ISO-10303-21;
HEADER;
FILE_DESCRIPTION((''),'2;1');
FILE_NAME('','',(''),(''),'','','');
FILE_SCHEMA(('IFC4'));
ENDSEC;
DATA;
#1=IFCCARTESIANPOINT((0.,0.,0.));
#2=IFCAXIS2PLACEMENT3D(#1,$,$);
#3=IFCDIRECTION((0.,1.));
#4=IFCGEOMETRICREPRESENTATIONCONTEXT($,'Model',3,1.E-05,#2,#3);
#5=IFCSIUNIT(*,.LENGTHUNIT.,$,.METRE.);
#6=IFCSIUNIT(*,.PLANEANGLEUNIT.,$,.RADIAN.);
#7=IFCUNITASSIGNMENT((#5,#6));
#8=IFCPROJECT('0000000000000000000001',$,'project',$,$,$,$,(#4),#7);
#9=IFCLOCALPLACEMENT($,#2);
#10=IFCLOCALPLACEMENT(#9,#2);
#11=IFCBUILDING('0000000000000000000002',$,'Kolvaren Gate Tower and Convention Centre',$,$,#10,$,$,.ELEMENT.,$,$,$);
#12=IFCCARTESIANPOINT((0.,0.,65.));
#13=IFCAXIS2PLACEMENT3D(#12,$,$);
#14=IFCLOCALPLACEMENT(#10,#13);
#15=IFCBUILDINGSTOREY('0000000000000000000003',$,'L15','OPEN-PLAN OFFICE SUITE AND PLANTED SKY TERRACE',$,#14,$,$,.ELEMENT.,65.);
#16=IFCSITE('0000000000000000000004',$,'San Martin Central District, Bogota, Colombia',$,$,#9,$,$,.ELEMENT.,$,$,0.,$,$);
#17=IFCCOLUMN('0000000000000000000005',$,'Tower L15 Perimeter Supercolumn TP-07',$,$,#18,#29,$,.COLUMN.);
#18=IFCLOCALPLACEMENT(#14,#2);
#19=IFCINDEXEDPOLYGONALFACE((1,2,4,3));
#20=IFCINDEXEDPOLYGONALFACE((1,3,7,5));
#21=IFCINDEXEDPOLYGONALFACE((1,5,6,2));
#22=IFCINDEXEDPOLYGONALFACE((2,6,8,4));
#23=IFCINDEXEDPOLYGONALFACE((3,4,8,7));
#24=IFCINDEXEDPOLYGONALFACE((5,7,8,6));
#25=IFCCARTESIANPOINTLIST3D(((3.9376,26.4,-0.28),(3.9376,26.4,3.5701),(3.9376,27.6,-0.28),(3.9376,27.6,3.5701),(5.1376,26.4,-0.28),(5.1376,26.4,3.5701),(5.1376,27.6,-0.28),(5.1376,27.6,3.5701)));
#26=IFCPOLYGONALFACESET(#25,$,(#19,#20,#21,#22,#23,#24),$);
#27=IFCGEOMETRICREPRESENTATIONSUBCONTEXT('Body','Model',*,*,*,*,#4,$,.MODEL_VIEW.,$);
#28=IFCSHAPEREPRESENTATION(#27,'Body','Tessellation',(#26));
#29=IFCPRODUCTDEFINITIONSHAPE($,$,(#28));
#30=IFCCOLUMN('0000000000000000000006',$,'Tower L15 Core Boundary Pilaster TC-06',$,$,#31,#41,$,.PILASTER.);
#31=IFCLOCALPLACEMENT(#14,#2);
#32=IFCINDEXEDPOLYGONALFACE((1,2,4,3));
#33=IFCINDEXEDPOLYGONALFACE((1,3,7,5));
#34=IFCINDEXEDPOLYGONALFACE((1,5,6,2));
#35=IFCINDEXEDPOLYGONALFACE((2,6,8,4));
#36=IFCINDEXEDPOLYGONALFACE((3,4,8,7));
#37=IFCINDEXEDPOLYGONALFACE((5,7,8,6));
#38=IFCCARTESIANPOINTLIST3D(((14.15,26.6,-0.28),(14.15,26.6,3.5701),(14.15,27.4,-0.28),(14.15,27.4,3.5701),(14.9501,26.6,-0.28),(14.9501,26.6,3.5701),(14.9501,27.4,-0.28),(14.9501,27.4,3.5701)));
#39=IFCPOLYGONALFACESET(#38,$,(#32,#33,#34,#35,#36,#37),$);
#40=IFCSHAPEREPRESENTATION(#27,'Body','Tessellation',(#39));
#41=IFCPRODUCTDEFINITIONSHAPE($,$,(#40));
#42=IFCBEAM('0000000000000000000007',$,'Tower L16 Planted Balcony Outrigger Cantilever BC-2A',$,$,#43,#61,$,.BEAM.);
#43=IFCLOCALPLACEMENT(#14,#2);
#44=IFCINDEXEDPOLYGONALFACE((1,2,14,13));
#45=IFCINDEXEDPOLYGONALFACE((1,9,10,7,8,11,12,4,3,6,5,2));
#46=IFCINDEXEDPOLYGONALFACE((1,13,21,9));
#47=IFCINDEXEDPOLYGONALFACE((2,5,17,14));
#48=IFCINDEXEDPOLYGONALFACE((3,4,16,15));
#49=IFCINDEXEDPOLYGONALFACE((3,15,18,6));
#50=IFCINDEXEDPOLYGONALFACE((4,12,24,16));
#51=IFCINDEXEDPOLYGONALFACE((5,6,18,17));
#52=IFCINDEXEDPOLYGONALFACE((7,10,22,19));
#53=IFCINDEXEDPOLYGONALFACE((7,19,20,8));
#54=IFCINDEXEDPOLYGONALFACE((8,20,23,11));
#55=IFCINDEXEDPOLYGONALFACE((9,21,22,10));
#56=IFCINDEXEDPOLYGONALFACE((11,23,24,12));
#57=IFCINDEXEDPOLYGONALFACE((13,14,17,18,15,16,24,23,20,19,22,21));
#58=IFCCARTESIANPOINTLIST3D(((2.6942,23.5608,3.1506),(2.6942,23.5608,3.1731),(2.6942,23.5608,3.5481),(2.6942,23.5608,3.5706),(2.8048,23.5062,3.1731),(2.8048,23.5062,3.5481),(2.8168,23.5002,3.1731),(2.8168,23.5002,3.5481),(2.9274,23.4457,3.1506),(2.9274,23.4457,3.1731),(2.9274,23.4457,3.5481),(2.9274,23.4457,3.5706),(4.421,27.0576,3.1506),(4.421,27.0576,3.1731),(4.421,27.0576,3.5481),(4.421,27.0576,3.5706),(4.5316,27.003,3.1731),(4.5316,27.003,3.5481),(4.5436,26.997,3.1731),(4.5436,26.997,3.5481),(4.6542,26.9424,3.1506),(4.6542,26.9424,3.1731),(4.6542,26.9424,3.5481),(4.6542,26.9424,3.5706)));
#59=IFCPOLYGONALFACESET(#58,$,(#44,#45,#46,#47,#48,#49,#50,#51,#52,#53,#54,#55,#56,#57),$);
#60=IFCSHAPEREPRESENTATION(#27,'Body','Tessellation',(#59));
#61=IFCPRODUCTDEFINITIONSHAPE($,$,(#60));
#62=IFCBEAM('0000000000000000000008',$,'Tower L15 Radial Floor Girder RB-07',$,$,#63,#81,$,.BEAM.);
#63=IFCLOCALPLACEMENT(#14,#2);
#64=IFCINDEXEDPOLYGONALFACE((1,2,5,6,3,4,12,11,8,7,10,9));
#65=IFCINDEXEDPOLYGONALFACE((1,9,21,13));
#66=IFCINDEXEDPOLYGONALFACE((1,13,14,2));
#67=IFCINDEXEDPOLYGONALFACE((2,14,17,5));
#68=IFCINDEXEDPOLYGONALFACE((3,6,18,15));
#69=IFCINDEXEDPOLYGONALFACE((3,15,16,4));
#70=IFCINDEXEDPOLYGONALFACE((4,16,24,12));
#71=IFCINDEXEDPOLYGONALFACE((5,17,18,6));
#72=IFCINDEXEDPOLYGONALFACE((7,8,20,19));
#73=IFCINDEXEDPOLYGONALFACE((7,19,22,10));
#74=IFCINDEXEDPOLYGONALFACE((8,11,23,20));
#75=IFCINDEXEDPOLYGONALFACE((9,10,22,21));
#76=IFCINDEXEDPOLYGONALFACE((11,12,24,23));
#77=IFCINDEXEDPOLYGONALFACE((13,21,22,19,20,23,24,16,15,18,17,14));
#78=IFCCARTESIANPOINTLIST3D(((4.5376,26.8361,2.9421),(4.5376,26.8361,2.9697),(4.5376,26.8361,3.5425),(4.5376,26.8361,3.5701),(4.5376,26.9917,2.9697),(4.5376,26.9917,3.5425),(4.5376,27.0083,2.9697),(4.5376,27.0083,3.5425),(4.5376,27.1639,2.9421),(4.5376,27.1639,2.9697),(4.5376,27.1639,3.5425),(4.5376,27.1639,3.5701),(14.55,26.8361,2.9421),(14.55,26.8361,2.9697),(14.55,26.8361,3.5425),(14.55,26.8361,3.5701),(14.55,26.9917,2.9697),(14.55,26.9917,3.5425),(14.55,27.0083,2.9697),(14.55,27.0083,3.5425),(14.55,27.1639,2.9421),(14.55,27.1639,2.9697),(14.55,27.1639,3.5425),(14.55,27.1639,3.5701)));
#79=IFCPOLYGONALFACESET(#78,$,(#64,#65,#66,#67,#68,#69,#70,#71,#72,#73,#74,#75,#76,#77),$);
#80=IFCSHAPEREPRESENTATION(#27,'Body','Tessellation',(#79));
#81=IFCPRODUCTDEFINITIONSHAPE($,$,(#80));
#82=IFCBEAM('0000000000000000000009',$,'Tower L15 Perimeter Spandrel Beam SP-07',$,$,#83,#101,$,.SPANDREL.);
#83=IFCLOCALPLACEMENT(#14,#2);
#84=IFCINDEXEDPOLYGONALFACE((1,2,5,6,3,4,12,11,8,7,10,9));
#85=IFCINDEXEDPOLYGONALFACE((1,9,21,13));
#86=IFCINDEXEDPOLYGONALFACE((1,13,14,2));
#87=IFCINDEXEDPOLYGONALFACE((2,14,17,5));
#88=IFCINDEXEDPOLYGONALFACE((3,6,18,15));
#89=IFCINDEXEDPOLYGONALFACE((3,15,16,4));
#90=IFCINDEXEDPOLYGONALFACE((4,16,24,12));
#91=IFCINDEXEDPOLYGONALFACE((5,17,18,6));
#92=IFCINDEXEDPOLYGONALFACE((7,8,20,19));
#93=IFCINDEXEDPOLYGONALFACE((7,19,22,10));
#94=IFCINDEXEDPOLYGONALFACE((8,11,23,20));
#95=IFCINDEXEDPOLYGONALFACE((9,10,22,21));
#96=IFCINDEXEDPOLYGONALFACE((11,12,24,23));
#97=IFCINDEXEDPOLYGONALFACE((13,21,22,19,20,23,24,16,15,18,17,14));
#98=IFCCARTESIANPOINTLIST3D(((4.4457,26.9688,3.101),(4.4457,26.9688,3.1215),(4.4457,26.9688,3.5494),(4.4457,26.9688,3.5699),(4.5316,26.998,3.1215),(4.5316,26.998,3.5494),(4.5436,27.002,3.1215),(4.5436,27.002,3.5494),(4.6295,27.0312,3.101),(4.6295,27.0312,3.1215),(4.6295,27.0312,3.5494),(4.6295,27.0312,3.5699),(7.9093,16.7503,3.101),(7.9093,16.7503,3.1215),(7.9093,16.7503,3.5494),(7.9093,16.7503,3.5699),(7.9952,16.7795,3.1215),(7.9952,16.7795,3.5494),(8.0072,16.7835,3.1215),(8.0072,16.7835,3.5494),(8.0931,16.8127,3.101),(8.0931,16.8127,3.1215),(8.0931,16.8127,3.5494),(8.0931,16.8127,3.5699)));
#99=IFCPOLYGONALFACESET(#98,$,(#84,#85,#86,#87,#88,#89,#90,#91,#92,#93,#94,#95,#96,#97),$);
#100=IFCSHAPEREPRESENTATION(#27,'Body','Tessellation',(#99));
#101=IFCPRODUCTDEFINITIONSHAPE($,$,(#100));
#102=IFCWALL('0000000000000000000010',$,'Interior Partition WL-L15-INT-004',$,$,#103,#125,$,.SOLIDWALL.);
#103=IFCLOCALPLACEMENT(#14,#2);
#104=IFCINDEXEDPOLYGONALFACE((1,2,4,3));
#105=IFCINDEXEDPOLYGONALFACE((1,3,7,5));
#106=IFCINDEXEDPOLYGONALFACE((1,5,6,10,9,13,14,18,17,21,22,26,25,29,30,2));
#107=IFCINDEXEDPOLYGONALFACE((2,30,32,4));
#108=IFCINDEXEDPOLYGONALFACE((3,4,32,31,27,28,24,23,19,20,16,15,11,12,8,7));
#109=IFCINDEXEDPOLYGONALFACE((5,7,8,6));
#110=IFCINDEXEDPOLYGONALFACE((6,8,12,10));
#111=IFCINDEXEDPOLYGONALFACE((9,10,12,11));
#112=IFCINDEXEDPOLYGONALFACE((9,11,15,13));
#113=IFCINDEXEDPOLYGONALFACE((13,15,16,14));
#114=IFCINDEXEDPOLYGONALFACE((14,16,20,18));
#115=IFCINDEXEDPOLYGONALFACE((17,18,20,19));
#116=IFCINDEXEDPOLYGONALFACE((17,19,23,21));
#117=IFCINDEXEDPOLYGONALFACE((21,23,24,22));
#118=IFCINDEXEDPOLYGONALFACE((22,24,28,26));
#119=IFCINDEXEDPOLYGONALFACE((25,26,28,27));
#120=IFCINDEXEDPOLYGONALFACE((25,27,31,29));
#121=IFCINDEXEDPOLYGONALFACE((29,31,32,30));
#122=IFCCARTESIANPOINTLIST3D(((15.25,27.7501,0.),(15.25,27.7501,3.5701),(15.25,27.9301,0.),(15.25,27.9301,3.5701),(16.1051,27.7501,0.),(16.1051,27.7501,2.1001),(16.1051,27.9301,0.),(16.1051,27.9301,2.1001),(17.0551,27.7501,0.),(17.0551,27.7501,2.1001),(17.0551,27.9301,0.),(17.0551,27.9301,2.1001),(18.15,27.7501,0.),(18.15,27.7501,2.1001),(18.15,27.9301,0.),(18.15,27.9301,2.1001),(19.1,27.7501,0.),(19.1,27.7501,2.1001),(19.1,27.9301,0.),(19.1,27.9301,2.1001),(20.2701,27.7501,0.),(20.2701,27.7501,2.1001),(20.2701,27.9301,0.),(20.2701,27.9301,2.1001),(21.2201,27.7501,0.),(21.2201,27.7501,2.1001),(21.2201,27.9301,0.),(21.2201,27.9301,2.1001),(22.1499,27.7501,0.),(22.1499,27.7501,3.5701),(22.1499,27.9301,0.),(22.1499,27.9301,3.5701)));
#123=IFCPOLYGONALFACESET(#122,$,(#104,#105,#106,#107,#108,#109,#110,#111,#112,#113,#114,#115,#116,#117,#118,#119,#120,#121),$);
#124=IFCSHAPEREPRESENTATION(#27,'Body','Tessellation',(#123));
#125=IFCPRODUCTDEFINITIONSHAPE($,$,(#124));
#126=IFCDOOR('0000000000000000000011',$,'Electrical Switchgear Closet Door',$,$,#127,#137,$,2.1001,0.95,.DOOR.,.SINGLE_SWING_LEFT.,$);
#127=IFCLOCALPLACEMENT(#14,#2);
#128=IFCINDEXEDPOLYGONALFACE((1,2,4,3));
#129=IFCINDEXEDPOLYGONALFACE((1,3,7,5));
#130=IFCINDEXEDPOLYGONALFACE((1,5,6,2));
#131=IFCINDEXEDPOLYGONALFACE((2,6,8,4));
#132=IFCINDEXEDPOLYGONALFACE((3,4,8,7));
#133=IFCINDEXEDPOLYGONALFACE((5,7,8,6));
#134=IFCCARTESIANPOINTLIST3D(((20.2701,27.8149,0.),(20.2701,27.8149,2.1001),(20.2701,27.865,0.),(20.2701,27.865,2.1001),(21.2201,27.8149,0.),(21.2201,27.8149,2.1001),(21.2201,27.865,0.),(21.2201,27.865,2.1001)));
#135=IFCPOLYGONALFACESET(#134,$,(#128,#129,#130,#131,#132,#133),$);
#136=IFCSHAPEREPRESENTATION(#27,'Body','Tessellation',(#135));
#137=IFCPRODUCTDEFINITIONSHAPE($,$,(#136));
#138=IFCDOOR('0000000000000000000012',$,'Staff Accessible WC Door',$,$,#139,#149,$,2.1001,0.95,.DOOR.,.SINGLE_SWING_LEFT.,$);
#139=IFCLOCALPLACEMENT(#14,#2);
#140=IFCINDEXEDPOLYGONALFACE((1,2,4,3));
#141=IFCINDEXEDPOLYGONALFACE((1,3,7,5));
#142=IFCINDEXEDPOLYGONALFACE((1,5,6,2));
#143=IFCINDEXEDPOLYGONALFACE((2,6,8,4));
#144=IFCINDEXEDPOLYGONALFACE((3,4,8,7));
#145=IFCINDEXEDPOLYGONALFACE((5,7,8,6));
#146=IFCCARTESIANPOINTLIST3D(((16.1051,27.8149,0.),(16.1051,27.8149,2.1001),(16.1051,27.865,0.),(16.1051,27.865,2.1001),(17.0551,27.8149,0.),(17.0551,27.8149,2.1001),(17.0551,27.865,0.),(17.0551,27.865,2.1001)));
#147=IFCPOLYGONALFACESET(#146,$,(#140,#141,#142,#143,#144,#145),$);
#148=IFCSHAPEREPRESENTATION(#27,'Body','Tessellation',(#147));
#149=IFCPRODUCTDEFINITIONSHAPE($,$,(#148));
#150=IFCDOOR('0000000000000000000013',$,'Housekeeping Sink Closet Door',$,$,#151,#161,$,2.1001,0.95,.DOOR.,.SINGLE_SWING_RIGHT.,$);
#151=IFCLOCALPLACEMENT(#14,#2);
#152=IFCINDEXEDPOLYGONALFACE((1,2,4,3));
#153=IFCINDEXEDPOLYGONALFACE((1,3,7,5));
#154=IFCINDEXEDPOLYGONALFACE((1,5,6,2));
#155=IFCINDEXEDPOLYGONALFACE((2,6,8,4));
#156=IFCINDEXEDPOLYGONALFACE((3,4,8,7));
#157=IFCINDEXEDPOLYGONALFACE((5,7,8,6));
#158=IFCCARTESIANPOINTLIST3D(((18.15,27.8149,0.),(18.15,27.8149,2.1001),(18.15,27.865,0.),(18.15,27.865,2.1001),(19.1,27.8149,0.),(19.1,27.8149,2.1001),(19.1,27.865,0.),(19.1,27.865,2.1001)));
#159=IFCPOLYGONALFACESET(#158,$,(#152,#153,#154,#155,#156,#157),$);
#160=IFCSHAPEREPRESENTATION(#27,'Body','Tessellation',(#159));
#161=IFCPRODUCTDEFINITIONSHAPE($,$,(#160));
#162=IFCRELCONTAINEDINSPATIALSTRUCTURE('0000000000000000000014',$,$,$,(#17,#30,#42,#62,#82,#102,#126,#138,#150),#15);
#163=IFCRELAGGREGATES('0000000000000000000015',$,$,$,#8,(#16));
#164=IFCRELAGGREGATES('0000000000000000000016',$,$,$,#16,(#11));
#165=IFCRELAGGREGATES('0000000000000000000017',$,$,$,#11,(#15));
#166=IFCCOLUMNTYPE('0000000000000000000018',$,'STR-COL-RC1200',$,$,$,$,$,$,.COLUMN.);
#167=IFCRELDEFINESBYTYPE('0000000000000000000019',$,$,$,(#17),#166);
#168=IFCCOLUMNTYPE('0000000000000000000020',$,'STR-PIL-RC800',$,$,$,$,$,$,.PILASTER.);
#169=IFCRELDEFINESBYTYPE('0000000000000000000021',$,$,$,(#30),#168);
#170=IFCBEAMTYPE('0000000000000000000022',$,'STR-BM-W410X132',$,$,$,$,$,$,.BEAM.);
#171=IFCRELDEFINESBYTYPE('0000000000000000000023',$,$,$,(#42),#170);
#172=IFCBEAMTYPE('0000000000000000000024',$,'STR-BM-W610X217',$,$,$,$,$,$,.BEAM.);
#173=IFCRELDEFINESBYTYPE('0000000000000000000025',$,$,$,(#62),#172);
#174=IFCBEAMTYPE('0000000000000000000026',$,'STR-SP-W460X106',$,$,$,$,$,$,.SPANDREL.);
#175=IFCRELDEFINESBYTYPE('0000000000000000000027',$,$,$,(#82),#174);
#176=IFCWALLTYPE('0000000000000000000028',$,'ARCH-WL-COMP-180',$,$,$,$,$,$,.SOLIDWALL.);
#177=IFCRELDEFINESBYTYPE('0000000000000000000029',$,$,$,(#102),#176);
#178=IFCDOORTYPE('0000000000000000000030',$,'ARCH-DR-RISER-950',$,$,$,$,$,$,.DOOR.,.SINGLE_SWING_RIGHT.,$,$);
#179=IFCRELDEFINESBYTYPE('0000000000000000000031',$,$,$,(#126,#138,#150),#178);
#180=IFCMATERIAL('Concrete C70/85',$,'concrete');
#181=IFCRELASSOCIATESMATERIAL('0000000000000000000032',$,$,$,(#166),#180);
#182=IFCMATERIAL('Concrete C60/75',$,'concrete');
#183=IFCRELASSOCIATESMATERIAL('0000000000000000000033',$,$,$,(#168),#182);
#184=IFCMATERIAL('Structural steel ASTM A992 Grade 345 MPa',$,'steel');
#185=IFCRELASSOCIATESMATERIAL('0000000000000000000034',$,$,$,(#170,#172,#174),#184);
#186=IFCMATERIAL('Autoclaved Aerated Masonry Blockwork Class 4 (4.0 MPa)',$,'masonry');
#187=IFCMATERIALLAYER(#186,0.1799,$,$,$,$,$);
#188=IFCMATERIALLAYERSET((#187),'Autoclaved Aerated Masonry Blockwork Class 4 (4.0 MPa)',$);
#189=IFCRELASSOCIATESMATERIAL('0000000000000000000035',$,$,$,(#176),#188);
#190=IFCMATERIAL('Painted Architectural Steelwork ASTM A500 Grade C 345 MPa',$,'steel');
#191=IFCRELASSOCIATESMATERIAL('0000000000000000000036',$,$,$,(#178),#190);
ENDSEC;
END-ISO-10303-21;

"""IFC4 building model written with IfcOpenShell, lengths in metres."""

from ifc_helpers import new_model, si_unit, direction, frame, frame_2d, origin, origin_2d, place, context, subcontext, project, spatial, rectangle, i_section, extrude, material, layer, layer_set, material_profile, profile_set, type_object, element, fill, save


model = new_model("IFC4")

# Units and contexts
model_context = context("Model", 3, precision=1e-05, world=origin(), true_north=direction((0.0, 1.0)))
body_context = subcontext(model_context, "Body", "Model", "MODEL_VIEW")
ifc_project = project(units=[si_unit("LENGTHUNIT", "METRE"), si_unit("PLANEANGLEUNIT", "RADIAN")], contexts=[model_context])

# Site, building, storey
site_placement = place(None, origin())
site = spatial("IfcSite", under=ifc_project, at=site_placement, Name="San Martin Central District, Bogota, Colombia", CompositionType="ELEMENT", RefElevation=0.0)
building_placement = place(site_placement, origin())
building = spatial("IfcBuilding", under=site, at=building_placement, Name="Kolvaren Gate Tower and Convention Centre", CompositionType="ELEMENT")
storey_placement = place(building_placement, frame((0.0, 0.0, 65.0)))
storey = spatial("IfcBuildingStorey", under=building, at=storey_placement, Name="L15", Description="OPEN-PLAN OFFICE SUITE AND PLANTED SKY TERRACE", CompositionType="ELEMENT", Elevation=65.0)

# Columns
ifc_material_1 = material(Name="Concrete C70/85", Category="concrete")
ifc_material_profile_1 = material_profile(ifc_material_1, rectangle(XDim=1.2, YDim=1.2, at=origin_2d()), Name="RC-COL-1200X1200")
ifc_profile_set_1 = profile_set([ifc_material_profile_1], Name="Concrete C70/85")
column_type_1 = type_object("IfcColumnType", Name="STR-COL-RC1200", PredefinedType="COLUMN", material=ifc_profile_set_1)
column_1_placement = place(storey_placement, frame((4.5376, 27.0, -0.28), z_axis=(0.0, 0.0, 1.0), x_axis=(1.0, 0.0, 0.0)))
element("IfcColumn", 1, at=column_1_placement, inside=storey, type_object=column_type_1, Name="Tower L15 Perimeter Supercolumn TP-07", PredefinedType="COLUMN", context=body_context, shape_type="SweptSolid", body=[
    extrude(rectangle(XDim=1.2, YDim=1.2, at=origin_2d()), origin(), (0.0, 0.0, 1.0), 3.8501),
])
ifc_material_2 = material(Name="Concrete C60/75", Category="concrete")
ifc_material_profile_2 = material_profile(ifc_material_2, rectangle(XDim=0.8, YDim=0.8, at=origin_2d()), Name="RC-COL-800X800")
ifc_profile_set_2 = profile_set([ifc_material_profile_2], Name="Concrete C60/75")
column_type_2 = type_object("IfcColumnType", Name="STR-PIL-RC800", PredefinedType="PILASTER", material=ifc_profile_set_2)
column_2_placement = place(storey_placement, frame((14.55, 27.0, -0.28), z_axis=(0.0, 0.0, 1.0), x_axis=(1.0, 0.0, 0.0)))
element("IfcColumn", 2, at=column_2_placement, inside=storey, type_object=column_type_2, Name="Tower L15 Core Boundary Pilaster TC-06", PredefinedType="PILASTER", context=body_context, shape_type="SweptSolid", body=[
    extrude(rectangle(XDim=0.8, YDim=0.8, at=origin_2d()), origin(), (0.0, 0.0, 1.0), 3.8501),
])

# Beams
ifc_material_3 = material(Name="Structural steel ASTM A992 Grade 345 MPa", Category="steel")
ifc_material_profile_3 = material_profile(ifc_material_3, i_section(OverallWidth=0.26, OverallDepth=0.4199, WebThickness=0.0134, FlangeThickness=0.0225, at=origin_2d()), Name="W410X132")
ifc_profile_set_3 = profile_set([ifc_material_profile_3], Name="Structural steel ASTM A992 Grade 345 MPa")
beam_type_1 = type_object("IfcBeamType", Name="STR-BM-W410X132", PredefinedType="BEAM", material=ifc_profile_set_3)
beam_1_placement = place(storey_placement, frame((4.5376, 27.0, 3.3606), z_axis=(-0.442776, -0.896632, 0.0), x_axis=(0.896632, -0.442776, 0.0)))
element("IfcBeam", 3, at=beam_1_placement, inside=storey, type_object=beam_type_1, Name="Tower L16 Planted Balcony Outrigger Cantilever BC-2A", PredefinedType="BEAM", context=body_context, shape_type="SweptSolid", body=[
    extrude(i_section(OverallWidth=0.26, OverallDepth=0.4199, WebThickness=0.0134, FlangeThickness=0.0225, at=origin_2d()), origin(), (0.0, 0.0, 1.0), 3.8999),
])
ifc_material_profile_4 = material_profile(ifc_material_3, i_section(OverallWidth=0.3279, OverallDepth=0.6279, WebThickness=0.0166, FlangeThickness=0.0276, at=origin_2d()), Name="W610X217")
ifc_profile_set_4 = profile_set([ifc_material_profile_4], Name="Structural steel ASTM A992 Grade 345 MPa")
beam_type_2 = type_object("IfcBeamType", Name="STR-BM-W610X217", PredefinedType="BEAM", material=ifc_profile_set_4)
beam_2_placement = place(storey_placement, frame((14.55, 27.0, 3.2561), z_axis=(-1.0, 0.0, 0.0), x_axis=(0.0, -1.0, 0.0)))
element("IfcBeam", 4, at=beam_2_placement, inside=storey, type_object=beam_type_2, Name="Tower L15 Radial Floor Girder RB-07", PredefinedType="BEAM", context=body_context, shape_type="SweptSolid", body=[
    extrude(i_section(OverallWidth=0.3279, OverallDepth=0.6279, WebThickness=0.0166, FlangeThickness=0.0276, at=origin_2d()), origin(), (0.0, 0.0, 1.0), 10.0125),
])
ifc_material_profile_5 = material_profile(ifc_material_3, i_section(OverallWidth=0.1941, OverallDepth=0.469, WebThickness=0.0127, FlangeThickness=0.0205, at=origin_2d()), Name="W460X106")
ifc_profile_set_5 = profile_set([ifc_material_profile_5], Name="Structural steel ASTM A992 Grade 345 MPa")
beam_type_3 = type_object("IfcBeamType", Name="STR-SP-W460X106", PredefinedType="SPANDREL", material=ifc_profile_set_5)
beam_3_placement = place(storey_placement, frame((4.5376, 27.0, 3.3354), z_axis=(0.321016, -0.947074, 0.0), x_axis=(0.947074, 0.321016, 0.0)))
element("IfcBeam", 5, at=beam_3_placement, inside=storey, type_object=beam_type_3, Name="Tower L15 Perimeter Spandrel Beam SP-07", PredefinedType="SPANDREL", context=body_context, shape_type="SweptSolid", body=[
    extrude(i_section(OverallWidth=0.1941, OverallDepth=0.469, WebThickness=0.0127, FlangeThickness=0.0205, at=origin_2d()), origin(), (0.0, 0.0, 1.0), 10.7896),
])

# Wall, openings, doors
ifc_material_4 = material(Name="Autoclaved Aerated Masonry Blockwork Class 4 (4.0 MPa)", Category="masonry")
ifc_layer_1 = layer(ifc_material_4, 0.1799)
ifc_layer_set_1 = layer_set([ifc_layer_1], Name="Autoclaved Aerated Masonry Blockwork Class 4 (4.0 MPa)")
wall_type_1 = type_object("IfcWallType", Name="ARCH-WL-COMP-180", PredefinedType="SOLIDWALL", material=ifc_layer_set_1)
wall_1_placement = place(storey_placement, frame((15.25, 27.8401, 0.0), z_axis=(0.0, 0.0, 1.0), x_axis=(1.0, 0.0, 0.0)))
wall_1 = element("IfcWall", 6, at=wall_1_placement, inside=storey, type_object=wall_type_1, Name="Interior Partition WL-L15-INT-004", PredefinedType="SOLIDWALL", context=body_context, shape_type="SweptSolid", body=[
    extrude(rectangle(XDim=6.8999, YDim=0.1799, at=frame_2d((3.45, 0.0))), origin(), (0.0, 0.0, 1.0), 3.5701),
])
opening_1_placement = place(wall_1_placement, frame((5.02, 0.0, 0.0)))
opening_1 = element("IfcOpeningElement", 7, at=opening_1_placement, cuts=wall_1, PredefinedType="OPENING", context=body_context, shape_type="SweptSolid", body=[
    extrude(rectangle(XDim=0.95, YDim=2.1001, at=frame_2d((0.4751, 1.05))), frame((0.0, 0.0999, 0.0), z_axis=(0.0, -1.0, 0.0), x_axis=(1.0, 0.0, 0.0)), (0.0, 0.0, 1.0), 0.2),
])
opening_2_placement = place(wall_1_placement, frame((0.855, 0.0, 0.0)))
opening_2 = element("IfcOpeningElement", 8, at=opening_2_placement, cuts=wall_1, PredefinedType="OPENING", context=body_context, shape_type="SweptSolid", body=[
    extrude(rectangle(XDim=0.95, YDim=2.1001, at=frame_2d((0.4751, 1.05))), frame((0.0, 0.0999, 0.0), z_axis=(0.0, -1.0, 0.0), x_axis=(1.0, 0.0, 0.0)), (0.0, 0.0, 1.0), 0.2),
])
opening_3_placement = place(wall_1_placement, frame((2.8999, 0.0, 0.0)))
opening_3 = element("IfcOpeningElement", 9, at=opening_3_placement, cuts=wall_1, PredefinedType="OPENING", context=body_context, shape_type="SweptSolid", body=[
    extrude(rectangle(XDim=0.95, YDim=2.1001, at=frame_2d((0.4751, 1.05))), frame((0.0, 0.0999, 0.0), z_axis=(0.0, -1.0, 0.0), x_axis=(1.0, 0.0, 0.0)), (0.0, 0.0, 1.0), 0.2),
])
ifc_material_5 = material(Name="Painted Architectural Steelwork ASTM A500 Grade C 345 MPa", Category="steel")
door_type_1 = type_object("IfcDoorType", Name="ARCH-DR-RISER-950", OperationType="SINGLE_SWING_RIGHT", PredefinedType="DOOR", material=ifc_material_5)
door_1_placement = place(opening_1_placement, origin())
door_1 = element("IfcDoor", 10, at=door_1_placement, inside=storey, type_object=door_type_1, Name="Electrical Switchgear Closet Door", OperationType="SINGLE_SWING_LEFT", OverallHeight=2.1001, OverallWidth=0.95, PredefinedType="DOOR", context=body_context, shape_type="SweptSolid", body=[
    extrude(rectangle(XDim=0.95, YDim=2.1001, at=frame_2d((0.4751, 1.05))), frame((0.0, 0.0249, 0.0), z_axis=(0.0, -1.0, 0.0), x_axis=(1.0, 0.0, 0.0)), (0.0, 0.0, 1.0), 0.05),
])
fill(opening_1, door_1)
door_2_placement = place(opening_2_placement, origin())
door_2 = element("IfcDoor", 11, at=door_2_placement, inside=storey, type_object=door_type_1, Name="Staff Accessible WC Door", OperationType="SINGLE_SWING_LEFT", OverallHeight=2.1001, OverallWidth=0.95, PredefinedType="DOOR", context=body_context, shape_type="SweptSolid", body=[
    extrude(rectangle(XDim=0.95, YDim=2.1001, at=frame_2d((0.4751, 1.05))), frame((0.0, 0.0249, 0.0), z_axis=(0.0, -1.0, 0.0), x_axis=(1.0, 0.0, 0.0)), (0.0, 0.0, 1.0), 0.05),
])
fill(opening_2, door_2)
door_3_placement = place(opening_3_placement, origin())
door_3 = element("IfcDoor", 12, at=door_3_placement, inside=storey, type_object=door_type_1, Name="Housekeeping Sink Closet Door", OperationType="SINGLE_SWING_RIGHT", OverallHeight=2.1001, OverallWidth=0.95, PredefinedType="DOOR", context=body_context, shape_type="SweptSolid", body=[
    extrude(rectangle(XDim=0.95, YDim=2.1001, at=frame_2d((0.4751, 1.05))), frame((0.0, 0.0249, 0.0), z_axis=(0.0, -1.0, 0.0), x_axis=(1.0, 0.0, 0.0)), (0.0, 0.0, 1.0), 0.05),
])
fill(opening_3, door_3)

save(model, "model.ifc")
